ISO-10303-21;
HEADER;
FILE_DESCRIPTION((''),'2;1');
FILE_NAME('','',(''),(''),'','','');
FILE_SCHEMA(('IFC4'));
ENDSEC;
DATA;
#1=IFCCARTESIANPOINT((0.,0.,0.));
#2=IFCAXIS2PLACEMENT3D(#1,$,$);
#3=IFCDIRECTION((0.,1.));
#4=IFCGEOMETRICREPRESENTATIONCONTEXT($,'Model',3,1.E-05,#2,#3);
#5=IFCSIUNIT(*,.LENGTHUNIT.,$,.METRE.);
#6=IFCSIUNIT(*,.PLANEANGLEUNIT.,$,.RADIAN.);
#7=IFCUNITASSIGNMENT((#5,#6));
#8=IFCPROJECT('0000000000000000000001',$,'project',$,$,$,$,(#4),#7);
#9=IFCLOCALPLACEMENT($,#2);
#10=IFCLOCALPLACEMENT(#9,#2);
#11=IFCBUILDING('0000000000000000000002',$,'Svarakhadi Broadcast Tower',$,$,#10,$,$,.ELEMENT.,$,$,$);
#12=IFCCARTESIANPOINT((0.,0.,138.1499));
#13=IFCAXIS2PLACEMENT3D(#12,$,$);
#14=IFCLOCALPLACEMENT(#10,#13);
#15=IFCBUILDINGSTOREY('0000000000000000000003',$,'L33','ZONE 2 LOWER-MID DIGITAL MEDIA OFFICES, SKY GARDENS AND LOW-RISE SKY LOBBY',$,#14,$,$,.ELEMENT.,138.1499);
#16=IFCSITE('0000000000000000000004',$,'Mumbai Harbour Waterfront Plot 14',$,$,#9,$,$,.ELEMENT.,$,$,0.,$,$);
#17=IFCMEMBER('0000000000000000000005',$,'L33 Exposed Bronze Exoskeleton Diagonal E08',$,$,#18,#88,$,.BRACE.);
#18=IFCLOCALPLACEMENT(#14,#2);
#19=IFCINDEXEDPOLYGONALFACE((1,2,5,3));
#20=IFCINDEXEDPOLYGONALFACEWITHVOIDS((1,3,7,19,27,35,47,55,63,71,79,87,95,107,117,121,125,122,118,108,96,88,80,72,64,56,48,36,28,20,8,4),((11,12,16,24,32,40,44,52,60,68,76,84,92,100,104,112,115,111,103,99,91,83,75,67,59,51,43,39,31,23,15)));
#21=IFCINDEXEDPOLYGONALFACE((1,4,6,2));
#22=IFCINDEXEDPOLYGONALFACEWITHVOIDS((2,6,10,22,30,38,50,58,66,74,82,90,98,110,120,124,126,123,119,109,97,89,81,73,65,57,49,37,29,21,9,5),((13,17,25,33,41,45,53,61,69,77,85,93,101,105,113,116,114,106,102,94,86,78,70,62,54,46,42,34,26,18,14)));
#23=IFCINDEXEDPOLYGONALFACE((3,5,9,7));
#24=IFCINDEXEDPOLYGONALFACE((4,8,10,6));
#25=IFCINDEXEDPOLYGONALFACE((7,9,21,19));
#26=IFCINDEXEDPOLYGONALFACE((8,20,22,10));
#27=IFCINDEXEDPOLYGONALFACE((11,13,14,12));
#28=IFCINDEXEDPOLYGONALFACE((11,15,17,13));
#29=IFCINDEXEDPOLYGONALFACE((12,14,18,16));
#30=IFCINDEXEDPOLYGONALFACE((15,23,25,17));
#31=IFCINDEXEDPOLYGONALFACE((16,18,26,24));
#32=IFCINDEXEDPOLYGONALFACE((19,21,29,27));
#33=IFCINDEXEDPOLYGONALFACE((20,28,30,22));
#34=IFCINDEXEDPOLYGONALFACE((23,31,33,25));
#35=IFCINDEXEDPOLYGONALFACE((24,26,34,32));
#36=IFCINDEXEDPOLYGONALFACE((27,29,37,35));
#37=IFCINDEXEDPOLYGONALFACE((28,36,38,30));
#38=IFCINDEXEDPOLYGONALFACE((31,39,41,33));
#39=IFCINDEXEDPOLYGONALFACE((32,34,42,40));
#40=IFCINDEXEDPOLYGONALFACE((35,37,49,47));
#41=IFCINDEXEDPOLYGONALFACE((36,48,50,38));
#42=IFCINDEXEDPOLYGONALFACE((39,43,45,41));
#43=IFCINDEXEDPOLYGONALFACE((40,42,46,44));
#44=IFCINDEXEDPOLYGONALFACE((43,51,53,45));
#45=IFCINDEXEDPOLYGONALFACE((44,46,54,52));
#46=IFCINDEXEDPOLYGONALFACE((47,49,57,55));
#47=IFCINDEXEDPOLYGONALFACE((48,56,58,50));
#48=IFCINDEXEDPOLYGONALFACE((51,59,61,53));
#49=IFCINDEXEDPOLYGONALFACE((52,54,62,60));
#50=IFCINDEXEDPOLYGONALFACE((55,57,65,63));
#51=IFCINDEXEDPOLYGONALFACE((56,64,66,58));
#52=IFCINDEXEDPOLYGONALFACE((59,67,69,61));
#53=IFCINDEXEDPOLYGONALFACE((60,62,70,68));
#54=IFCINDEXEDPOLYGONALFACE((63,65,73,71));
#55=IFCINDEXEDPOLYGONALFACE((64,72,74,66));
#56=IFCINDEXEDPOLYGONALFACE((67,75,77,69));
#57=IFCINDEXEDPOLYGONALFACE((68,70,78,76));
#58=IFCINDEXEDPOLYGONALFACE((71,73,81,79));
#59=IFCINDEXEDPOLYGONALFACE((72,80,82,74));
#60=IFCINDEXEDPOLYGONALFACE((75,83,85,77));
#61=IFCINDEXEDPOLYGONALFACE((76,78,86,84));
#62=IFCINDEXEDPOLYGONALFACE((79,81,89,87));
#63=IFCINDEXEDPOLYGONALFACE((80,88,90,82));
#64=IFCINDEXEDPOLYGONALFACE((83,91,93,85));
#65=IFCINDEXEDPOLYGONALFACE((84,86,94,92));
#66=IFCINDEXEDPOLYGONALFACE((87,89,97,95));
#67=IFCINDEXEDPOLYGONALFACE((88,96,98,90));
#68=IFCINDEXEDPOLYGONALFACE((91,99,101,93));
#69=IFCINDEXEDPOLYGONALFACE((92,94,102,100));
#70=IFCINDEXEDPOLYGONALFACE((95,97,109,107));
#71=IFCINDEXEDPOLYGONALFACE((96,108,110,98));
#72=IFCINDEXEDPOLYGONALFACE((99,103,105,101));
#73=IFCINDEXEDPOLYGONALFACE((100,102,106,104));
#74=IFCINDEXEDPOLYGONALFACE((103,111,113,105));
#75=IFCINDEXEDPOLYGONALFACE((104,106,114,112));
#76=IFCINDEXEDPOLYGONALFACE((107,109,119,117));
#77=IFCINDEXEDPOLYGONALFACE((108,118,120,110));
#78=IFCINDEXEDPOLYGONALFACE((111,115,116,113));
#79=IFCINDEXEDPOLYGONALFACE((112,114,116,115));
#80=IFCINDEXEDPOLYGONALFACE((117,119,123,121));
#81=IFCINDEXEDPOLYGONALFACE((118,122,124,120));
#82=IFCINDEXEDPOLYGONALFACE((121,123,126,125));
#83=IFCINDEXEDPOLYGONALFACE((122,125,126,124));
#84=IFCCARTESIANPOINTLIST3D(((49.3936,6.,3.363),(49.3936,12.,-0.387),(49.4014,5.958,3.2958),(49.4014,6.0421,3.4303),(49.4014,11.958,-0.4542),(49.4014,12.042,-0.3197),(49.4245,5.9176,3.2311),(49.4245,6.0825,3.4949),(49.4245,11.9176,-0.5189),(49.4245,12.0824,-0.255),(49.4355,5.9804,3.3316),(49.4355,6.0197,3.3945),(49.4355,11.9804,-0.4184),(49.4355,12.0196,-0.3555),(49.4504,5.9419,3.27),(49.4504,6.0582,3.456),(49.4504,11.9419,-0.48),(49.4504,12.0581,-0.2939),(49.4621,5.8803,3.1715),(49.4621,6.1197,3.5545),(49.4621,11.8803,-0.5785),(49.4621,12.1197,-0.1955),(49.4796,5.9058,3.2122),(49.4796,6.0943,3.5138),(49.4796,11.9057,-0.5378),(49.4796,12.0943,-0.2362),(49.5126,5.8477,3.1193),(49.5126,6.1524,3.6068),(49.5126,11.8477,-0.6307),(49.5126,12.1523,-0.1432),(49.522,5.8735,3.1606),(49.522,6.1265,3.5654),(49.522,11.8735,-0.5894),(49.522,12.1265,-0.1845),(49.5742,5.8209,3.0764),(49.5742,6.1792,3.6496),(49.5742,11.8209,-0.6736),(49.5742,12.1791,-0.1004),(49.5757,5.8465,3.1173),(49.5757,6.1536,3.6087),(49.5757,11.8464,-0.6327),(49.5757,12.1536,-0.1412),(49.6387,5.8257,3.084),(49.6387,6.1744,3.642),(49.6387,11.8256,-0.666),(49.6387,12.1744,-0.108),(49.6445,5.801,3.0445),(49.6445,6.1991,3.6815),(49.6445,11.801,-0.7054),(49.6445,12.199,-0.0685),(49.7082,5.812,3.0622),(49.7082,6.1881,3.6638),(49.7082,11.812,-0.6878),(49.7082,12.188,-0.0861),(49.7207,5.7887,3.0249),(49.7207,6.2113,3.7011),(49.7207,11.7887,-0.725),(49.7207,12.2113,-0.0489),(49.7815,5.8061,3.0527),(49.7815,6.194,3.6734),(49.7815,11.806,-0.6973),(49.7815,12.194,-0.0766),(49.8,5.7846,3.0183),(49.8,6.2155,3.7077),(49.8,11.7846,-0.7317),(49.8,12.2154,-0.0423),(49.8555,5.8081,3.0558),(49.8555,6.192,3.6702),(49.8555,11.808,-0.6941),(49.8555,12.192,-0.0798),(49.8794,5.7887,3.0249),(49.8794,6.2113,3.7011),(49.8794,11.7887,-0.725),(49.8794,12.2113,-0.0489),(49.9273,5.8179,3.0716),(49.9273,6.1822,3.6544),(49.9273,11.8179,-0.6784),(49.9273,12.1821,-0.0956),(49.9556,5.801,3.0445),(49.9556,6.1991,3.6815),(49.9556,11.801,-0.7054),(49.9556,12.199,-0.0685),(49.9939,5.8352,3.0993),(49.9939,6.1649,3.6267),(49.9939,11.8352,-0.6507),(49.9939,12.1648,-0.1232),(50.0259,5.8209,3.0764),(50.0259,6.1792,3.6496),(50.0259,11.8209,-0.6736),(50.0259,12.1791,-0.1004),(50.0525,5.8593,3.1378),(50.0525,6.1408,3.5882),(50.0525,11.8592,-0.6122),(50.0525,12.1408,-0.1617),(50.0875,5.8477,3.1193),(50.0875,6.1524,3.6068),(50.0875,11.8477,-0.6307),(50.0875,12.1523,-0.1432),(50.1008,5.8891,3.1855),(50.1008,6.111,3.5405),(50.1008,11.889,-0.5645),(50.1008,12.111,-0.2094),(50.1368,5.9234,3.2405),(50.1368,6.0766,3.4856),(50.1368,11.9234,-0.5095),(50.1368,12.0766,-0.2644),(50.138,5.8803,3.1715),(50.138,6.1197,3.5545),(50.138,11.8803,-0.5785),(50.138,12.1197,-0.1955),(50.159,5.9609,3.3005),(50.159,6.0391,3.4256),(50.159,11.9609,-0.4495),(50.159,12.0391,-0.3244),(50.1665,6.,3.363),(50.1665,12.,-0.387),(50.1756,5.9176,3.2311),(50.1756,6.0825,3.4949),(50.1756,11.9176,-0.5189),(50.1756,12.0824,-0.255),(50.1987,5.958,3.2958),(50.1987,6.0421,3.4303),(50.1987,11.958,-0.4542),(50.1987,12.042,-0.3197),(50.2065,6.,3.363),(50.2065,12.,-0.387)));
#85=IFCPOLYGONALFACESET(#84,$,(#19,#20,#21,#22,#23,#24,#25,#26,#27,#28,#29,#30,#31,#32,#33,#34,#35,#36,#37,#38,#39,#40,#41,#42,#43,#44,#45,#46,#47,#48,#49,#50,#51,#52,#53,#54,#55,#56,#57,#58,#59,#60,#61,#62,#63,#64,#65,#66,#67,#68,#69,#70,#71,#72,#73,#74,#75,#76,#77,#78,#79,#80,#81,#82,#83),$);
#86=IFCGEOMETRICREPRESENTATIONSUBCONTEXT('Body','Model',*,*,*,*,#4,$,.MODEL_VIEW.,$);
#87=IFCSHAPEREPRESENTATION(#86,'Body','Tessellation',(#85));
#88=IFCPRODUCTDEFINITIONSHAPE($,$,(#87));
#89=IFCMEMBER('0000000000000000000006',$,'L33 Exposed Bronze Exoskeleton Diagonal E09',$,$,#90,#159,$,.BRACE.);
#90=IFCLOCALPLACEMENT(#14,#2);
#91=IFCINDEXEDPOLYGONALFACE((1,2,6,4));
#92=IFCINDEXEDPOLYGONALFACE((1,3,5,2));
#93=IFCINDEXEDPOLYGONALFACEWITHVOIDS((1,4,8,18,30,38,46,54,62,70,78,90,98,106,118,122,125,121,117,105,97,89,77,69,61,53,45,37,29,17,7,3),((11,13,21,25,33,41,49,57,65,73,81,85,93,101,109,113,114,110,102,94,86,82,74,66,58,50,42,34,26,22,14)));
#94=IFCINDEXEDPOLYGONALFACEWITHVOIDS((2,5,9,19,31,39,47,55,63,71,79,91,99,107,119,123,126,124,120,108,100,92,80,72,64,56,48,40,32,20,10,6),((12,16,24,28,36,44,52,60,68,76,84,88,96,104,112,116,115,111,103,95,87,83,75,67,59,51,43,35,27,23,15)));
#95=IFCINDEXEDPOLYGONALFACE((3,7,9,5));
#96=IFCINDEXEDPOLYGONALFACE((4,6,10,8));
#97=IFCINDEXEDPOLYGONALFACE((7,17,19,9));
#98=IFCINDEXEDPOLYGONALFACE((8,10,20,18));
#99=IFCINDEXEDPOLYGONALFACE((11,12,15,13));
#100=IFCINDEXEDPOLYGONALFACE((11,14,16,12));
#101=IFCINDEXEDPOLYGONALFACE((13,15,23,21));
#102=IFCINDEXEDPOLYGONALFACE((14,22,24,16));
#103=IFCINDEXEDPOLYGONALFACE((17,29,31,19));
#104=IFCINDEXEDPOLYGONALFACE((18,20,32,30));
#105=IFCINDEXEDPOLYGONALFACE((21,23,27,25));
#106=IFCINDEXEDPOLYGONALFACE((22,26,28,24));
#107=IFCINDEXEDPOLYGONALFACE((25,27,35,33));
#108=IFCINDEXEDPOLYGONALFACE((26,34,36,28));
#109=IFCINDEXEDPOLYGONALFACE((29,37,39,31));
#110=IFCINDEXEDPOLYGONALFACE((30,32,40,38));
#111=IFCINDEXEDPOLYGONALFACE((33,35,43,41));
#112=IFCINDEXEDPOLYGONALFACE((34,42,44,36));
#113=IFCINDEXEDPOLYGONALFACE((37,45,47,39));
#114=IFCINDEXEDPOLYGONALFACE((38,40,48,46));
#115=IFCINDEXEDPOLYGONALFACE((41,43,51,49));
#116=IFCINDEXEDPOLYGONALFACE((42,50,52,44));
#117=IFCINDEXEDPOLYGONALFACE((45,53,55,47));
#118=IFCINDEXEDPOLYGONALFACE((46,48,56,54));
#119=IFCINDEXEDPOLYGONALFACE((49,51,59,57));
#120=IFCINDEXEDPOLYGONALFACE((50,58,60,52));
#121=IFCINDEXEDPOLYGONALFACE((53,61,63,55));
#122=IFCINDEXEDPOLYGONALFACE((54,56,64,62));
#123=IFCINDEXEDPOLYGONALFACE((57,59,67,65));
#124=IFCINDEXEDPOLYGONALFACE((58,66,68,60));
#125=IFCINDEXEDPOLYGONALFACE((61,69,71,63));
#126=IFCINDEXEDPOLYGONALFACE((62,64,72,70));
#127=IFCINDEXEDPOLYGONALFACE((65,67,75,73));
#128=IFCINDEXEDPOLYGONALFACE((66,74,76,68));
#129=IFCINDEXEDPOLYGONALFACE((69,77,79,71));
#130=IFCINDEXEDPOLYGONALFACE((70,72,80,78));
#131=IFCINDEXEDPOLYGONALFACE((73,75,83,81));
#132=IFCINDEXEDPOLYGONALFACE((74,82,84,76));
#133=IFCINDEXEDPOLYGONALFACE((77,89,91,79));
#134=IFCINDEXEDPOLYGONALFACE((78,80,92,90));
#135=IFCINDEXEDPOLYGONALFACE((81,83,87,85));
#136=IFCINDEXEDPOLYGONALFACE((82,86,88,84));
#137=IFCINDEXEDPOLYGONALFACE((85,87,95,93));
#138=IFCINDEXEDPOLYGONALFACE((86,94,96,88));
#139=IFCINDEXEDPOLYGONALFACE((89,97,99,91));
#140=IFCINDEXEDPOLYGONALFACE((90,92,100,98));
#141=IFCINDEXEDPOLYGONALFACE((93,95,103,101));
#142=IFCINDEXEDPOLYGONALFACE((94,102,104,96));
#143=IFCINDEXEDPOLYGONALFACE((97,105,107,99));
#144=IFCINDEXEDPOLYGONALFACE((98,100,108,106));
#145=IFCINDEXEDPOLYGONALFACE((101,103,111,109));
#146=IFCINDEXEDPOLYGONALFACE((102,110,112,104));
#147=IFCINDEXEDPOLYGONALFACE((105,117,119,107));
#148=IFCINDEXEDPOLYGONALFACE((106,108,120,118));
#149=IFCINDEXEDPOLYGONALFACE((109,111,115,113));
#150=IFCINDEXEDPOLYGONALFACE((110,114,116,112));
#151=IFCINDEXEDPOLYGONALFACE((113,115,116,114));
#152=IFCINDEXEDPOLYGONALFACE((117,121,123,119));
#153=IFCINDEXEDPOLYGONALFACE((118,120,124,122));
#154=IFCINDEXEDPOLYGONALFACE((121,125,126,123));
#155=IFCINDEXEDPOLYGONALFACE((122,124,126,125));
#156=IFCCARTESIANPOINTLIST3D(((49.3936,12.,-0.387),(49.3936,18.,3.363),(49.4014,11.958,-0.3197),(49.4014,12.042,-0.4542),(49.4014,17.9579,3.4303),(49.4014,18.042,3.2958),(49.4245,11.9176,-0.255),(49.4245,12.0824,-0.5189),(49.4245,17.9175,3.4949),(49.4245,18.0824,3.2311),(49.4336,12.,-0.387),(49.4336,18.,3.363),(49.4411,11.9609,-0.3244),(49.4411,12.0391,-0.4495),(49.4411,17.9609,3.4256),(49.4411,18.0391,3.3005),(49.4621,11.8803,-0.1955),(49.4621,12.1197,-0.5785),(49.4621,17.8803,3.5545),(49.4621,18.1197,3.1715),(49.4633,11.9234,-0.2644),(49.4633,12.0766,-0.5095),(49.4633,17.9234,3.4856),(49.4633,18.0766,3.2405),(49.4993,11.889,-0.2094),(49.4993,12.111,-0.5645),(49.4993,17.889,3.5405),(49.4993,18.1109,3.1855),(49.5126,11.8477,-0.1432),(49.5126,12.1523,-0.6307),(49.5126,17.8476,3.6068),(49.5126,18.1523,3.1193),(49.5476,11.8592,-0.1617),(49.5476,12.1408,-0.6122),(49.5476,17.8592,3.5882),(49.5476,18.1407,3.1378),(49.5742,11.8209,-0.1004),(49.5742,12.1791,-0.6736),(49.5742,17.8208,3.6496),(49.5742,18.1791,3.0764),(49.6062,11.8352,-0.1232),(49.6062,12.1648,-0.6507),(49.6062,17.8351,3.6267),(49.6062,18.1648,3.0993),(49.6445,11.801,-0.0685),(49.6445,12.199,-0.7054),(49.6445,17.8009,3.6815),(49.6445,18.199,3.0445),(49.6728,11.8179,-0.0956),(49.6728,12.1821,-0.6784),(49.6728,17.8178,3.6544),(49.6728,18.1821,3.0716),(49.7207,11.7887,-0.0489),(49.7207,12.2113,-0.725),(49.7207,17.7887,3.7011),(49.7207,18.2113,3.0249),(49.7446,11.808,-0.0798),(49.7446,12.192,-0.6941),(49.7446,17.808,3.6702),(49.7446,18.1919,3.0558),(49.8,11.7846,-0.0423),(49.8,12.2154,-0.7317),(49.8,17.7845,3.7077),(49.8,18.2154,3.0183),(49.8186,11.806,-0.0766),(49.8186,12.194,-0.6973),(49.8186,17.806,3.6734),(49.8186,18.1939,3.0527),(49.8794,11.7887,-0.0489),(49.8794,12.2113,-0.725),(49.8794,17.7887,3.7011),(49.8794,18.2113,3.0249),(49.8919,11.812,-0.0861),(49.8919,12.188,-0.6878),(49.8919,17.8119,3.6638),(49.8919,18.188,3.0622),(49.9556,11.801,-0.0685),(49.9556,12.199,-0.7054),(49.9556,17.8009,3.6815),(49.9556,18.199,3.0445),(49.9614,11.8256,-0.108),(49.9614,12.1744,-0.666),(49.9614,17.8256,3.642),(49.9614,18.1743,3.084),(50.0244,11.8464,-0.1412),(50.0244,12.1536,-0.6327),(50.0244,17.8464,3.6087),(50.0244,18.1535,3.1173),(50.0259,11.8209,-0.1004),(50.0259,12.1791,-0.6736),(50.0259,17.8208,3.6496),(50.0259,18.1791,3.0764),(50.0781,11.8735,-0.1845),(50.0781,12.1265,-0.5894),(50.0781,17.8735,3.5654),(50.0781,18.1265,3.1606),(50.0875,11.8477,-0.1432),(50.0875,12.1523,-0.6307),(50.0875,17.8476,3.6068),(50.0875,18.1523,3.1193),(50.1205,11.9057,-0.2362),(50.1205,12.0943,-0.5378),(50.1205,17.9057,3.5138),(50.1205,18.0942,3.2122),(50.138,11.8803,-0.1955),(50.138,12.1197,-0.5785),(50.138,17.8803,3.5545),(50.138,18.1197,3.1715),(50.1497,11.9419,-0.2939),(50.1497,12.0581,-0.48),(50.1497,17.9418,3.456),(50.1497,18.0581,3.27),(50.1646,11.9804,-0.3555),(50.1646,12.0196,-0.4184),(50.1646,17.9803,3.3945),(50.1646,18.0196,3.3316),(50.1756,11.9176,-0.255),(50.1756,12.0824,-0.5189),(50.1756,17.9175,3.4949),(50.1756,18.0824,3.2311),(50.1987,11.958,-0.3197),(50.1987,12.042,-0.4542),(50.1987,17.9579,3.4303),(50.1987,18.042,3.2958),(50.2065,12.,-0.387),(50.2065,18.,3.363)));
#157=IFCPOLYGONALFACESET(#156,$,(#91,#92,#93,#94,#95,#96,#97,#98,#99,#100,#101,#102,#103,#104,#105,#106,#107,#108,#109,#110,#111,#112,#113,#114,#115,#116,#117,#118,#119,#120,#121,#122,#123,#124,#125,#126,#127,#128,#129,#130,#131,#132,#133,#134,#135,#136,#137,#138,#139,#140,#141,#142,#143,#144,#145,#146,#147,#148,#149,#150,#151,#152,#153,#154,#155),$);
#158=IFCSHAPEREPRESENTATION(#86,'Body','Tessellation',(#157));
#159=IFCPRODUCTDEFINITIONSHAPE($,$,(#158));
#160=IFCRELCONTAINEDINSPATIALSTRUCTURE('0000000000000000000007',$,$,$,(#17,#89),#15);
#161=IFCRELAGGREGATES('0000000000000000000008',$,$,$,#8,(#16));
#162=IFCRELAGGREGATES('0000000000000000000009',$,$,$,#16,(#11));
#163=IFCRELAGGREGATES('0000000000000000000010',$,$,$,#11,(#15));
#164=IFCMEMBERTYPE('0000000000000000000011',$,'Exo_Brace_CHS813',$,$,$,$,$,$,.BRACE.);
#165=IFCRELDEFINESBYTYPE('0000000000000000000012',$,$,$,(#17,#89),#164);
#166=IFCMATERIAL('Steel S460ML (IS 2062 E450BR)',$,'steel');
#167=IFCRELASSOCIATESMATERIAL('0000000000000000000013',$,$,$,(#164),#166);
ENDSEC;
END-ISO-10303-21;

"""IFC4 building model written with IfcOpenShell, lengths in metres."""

from ifc_helpers import new_model, si_unit, direction, frame, origin, origin_2d, place, context, subcontext, project, spatial, hollow_circle, extrude, material, material_profile, profile_set, type_object, element, save


model = new_model("IFC4")

# Units and contexts
model_context = context("Model", 3, precision=1e-05, world=origin(), true_north=direction((0.0, 1.0)))
body_context = subcontext(model_context, "Body", "Model", "MODEL_VIEW")
ifc_project = project(units=[si_unit("LENGTHUNIT", "METRE"), si_unit("PLANEANGLEUNIT", "RADIAN")], contexts=[model_context])

# Site, building, storey
site_placement = place(None, origin())
site = spatial("IfcSite", under=ifc_project, at=site_placement, Name="Mumbai Harbour Waterfront Plot 14", CompositionType="ELEMENT", RefElevation=0.0)
building_placement = place(site_placement, origin())
building = spatial("IfcBuilding", under=site, at=building_placement, Name="Svarakhadi Broadcast Tower", CompositionType="ELEMENT")
storey_placement = place(building_placement, frame((0.0, 0.0, 138.1499)))
storey = spatial("IfcBuildingStorey", under=building, at=storey_placement, Name="L33", Description="ZONE 2 LOWER-MID DIGITAL MEDIA OFFICES, SKY GARDENS AND LOW-RISE SKY LOBBY", CompositionType="ELEMENT", Elevation=138.1499)

# Shared definitions
ifc_material_1 = material(Name="Steel S460ML (IS 2062 E450BR)", Category="steel")

# Members
ifc_material_profile_1 = material_profile(ifc_material_1, hollow_circle(Radius=0.4065, WallThickness=0.04, at=origin_2d()), Name="CHS 813x40")
ifc_profile_set_1 = profile_set([ifc_material_profile_1], Name="Steel S460ML (IS 2062 E450BR)")
member_type_1 = type_object("IfcMemberType", Name="Exo_Brace_CHS813", PredefinedType="BRACE", material=ifc_profile_set_1)
for number, where, z_axis, x_axis, name in (
    (1, (49.8, 12.0, -0.387), (0.0, -0.847998, 0.529999), (1.0, 0.0, 0.0), "L33 Exposed Bronze Exoskeleton Diagonal E08"),
    (2, (49.8, 12.0, -0.387), (0.0, 0.847998, 0.529999), (-1.0, 0.0, 0.0), "L33 Exposed Bronze Exoskeleton Diagonal E09"),
):
    element("IfcMember", number, at=place(storey_placement, frame(where, z_axis=z_axis, x_axis=x_axis)), inside=storey, type_object=member_type_1, Name=name, PredefinedType="BRACE", context=body_context, shape_type="SweptSolid", body=[
        extrude(hollow_circle(Radius=0.4065, WallThickness=0.04, at=origin_2d()), origin(), (0.0, 0.0, 1.0), 7.0754),
    ])

save(model, "model.ifc")
